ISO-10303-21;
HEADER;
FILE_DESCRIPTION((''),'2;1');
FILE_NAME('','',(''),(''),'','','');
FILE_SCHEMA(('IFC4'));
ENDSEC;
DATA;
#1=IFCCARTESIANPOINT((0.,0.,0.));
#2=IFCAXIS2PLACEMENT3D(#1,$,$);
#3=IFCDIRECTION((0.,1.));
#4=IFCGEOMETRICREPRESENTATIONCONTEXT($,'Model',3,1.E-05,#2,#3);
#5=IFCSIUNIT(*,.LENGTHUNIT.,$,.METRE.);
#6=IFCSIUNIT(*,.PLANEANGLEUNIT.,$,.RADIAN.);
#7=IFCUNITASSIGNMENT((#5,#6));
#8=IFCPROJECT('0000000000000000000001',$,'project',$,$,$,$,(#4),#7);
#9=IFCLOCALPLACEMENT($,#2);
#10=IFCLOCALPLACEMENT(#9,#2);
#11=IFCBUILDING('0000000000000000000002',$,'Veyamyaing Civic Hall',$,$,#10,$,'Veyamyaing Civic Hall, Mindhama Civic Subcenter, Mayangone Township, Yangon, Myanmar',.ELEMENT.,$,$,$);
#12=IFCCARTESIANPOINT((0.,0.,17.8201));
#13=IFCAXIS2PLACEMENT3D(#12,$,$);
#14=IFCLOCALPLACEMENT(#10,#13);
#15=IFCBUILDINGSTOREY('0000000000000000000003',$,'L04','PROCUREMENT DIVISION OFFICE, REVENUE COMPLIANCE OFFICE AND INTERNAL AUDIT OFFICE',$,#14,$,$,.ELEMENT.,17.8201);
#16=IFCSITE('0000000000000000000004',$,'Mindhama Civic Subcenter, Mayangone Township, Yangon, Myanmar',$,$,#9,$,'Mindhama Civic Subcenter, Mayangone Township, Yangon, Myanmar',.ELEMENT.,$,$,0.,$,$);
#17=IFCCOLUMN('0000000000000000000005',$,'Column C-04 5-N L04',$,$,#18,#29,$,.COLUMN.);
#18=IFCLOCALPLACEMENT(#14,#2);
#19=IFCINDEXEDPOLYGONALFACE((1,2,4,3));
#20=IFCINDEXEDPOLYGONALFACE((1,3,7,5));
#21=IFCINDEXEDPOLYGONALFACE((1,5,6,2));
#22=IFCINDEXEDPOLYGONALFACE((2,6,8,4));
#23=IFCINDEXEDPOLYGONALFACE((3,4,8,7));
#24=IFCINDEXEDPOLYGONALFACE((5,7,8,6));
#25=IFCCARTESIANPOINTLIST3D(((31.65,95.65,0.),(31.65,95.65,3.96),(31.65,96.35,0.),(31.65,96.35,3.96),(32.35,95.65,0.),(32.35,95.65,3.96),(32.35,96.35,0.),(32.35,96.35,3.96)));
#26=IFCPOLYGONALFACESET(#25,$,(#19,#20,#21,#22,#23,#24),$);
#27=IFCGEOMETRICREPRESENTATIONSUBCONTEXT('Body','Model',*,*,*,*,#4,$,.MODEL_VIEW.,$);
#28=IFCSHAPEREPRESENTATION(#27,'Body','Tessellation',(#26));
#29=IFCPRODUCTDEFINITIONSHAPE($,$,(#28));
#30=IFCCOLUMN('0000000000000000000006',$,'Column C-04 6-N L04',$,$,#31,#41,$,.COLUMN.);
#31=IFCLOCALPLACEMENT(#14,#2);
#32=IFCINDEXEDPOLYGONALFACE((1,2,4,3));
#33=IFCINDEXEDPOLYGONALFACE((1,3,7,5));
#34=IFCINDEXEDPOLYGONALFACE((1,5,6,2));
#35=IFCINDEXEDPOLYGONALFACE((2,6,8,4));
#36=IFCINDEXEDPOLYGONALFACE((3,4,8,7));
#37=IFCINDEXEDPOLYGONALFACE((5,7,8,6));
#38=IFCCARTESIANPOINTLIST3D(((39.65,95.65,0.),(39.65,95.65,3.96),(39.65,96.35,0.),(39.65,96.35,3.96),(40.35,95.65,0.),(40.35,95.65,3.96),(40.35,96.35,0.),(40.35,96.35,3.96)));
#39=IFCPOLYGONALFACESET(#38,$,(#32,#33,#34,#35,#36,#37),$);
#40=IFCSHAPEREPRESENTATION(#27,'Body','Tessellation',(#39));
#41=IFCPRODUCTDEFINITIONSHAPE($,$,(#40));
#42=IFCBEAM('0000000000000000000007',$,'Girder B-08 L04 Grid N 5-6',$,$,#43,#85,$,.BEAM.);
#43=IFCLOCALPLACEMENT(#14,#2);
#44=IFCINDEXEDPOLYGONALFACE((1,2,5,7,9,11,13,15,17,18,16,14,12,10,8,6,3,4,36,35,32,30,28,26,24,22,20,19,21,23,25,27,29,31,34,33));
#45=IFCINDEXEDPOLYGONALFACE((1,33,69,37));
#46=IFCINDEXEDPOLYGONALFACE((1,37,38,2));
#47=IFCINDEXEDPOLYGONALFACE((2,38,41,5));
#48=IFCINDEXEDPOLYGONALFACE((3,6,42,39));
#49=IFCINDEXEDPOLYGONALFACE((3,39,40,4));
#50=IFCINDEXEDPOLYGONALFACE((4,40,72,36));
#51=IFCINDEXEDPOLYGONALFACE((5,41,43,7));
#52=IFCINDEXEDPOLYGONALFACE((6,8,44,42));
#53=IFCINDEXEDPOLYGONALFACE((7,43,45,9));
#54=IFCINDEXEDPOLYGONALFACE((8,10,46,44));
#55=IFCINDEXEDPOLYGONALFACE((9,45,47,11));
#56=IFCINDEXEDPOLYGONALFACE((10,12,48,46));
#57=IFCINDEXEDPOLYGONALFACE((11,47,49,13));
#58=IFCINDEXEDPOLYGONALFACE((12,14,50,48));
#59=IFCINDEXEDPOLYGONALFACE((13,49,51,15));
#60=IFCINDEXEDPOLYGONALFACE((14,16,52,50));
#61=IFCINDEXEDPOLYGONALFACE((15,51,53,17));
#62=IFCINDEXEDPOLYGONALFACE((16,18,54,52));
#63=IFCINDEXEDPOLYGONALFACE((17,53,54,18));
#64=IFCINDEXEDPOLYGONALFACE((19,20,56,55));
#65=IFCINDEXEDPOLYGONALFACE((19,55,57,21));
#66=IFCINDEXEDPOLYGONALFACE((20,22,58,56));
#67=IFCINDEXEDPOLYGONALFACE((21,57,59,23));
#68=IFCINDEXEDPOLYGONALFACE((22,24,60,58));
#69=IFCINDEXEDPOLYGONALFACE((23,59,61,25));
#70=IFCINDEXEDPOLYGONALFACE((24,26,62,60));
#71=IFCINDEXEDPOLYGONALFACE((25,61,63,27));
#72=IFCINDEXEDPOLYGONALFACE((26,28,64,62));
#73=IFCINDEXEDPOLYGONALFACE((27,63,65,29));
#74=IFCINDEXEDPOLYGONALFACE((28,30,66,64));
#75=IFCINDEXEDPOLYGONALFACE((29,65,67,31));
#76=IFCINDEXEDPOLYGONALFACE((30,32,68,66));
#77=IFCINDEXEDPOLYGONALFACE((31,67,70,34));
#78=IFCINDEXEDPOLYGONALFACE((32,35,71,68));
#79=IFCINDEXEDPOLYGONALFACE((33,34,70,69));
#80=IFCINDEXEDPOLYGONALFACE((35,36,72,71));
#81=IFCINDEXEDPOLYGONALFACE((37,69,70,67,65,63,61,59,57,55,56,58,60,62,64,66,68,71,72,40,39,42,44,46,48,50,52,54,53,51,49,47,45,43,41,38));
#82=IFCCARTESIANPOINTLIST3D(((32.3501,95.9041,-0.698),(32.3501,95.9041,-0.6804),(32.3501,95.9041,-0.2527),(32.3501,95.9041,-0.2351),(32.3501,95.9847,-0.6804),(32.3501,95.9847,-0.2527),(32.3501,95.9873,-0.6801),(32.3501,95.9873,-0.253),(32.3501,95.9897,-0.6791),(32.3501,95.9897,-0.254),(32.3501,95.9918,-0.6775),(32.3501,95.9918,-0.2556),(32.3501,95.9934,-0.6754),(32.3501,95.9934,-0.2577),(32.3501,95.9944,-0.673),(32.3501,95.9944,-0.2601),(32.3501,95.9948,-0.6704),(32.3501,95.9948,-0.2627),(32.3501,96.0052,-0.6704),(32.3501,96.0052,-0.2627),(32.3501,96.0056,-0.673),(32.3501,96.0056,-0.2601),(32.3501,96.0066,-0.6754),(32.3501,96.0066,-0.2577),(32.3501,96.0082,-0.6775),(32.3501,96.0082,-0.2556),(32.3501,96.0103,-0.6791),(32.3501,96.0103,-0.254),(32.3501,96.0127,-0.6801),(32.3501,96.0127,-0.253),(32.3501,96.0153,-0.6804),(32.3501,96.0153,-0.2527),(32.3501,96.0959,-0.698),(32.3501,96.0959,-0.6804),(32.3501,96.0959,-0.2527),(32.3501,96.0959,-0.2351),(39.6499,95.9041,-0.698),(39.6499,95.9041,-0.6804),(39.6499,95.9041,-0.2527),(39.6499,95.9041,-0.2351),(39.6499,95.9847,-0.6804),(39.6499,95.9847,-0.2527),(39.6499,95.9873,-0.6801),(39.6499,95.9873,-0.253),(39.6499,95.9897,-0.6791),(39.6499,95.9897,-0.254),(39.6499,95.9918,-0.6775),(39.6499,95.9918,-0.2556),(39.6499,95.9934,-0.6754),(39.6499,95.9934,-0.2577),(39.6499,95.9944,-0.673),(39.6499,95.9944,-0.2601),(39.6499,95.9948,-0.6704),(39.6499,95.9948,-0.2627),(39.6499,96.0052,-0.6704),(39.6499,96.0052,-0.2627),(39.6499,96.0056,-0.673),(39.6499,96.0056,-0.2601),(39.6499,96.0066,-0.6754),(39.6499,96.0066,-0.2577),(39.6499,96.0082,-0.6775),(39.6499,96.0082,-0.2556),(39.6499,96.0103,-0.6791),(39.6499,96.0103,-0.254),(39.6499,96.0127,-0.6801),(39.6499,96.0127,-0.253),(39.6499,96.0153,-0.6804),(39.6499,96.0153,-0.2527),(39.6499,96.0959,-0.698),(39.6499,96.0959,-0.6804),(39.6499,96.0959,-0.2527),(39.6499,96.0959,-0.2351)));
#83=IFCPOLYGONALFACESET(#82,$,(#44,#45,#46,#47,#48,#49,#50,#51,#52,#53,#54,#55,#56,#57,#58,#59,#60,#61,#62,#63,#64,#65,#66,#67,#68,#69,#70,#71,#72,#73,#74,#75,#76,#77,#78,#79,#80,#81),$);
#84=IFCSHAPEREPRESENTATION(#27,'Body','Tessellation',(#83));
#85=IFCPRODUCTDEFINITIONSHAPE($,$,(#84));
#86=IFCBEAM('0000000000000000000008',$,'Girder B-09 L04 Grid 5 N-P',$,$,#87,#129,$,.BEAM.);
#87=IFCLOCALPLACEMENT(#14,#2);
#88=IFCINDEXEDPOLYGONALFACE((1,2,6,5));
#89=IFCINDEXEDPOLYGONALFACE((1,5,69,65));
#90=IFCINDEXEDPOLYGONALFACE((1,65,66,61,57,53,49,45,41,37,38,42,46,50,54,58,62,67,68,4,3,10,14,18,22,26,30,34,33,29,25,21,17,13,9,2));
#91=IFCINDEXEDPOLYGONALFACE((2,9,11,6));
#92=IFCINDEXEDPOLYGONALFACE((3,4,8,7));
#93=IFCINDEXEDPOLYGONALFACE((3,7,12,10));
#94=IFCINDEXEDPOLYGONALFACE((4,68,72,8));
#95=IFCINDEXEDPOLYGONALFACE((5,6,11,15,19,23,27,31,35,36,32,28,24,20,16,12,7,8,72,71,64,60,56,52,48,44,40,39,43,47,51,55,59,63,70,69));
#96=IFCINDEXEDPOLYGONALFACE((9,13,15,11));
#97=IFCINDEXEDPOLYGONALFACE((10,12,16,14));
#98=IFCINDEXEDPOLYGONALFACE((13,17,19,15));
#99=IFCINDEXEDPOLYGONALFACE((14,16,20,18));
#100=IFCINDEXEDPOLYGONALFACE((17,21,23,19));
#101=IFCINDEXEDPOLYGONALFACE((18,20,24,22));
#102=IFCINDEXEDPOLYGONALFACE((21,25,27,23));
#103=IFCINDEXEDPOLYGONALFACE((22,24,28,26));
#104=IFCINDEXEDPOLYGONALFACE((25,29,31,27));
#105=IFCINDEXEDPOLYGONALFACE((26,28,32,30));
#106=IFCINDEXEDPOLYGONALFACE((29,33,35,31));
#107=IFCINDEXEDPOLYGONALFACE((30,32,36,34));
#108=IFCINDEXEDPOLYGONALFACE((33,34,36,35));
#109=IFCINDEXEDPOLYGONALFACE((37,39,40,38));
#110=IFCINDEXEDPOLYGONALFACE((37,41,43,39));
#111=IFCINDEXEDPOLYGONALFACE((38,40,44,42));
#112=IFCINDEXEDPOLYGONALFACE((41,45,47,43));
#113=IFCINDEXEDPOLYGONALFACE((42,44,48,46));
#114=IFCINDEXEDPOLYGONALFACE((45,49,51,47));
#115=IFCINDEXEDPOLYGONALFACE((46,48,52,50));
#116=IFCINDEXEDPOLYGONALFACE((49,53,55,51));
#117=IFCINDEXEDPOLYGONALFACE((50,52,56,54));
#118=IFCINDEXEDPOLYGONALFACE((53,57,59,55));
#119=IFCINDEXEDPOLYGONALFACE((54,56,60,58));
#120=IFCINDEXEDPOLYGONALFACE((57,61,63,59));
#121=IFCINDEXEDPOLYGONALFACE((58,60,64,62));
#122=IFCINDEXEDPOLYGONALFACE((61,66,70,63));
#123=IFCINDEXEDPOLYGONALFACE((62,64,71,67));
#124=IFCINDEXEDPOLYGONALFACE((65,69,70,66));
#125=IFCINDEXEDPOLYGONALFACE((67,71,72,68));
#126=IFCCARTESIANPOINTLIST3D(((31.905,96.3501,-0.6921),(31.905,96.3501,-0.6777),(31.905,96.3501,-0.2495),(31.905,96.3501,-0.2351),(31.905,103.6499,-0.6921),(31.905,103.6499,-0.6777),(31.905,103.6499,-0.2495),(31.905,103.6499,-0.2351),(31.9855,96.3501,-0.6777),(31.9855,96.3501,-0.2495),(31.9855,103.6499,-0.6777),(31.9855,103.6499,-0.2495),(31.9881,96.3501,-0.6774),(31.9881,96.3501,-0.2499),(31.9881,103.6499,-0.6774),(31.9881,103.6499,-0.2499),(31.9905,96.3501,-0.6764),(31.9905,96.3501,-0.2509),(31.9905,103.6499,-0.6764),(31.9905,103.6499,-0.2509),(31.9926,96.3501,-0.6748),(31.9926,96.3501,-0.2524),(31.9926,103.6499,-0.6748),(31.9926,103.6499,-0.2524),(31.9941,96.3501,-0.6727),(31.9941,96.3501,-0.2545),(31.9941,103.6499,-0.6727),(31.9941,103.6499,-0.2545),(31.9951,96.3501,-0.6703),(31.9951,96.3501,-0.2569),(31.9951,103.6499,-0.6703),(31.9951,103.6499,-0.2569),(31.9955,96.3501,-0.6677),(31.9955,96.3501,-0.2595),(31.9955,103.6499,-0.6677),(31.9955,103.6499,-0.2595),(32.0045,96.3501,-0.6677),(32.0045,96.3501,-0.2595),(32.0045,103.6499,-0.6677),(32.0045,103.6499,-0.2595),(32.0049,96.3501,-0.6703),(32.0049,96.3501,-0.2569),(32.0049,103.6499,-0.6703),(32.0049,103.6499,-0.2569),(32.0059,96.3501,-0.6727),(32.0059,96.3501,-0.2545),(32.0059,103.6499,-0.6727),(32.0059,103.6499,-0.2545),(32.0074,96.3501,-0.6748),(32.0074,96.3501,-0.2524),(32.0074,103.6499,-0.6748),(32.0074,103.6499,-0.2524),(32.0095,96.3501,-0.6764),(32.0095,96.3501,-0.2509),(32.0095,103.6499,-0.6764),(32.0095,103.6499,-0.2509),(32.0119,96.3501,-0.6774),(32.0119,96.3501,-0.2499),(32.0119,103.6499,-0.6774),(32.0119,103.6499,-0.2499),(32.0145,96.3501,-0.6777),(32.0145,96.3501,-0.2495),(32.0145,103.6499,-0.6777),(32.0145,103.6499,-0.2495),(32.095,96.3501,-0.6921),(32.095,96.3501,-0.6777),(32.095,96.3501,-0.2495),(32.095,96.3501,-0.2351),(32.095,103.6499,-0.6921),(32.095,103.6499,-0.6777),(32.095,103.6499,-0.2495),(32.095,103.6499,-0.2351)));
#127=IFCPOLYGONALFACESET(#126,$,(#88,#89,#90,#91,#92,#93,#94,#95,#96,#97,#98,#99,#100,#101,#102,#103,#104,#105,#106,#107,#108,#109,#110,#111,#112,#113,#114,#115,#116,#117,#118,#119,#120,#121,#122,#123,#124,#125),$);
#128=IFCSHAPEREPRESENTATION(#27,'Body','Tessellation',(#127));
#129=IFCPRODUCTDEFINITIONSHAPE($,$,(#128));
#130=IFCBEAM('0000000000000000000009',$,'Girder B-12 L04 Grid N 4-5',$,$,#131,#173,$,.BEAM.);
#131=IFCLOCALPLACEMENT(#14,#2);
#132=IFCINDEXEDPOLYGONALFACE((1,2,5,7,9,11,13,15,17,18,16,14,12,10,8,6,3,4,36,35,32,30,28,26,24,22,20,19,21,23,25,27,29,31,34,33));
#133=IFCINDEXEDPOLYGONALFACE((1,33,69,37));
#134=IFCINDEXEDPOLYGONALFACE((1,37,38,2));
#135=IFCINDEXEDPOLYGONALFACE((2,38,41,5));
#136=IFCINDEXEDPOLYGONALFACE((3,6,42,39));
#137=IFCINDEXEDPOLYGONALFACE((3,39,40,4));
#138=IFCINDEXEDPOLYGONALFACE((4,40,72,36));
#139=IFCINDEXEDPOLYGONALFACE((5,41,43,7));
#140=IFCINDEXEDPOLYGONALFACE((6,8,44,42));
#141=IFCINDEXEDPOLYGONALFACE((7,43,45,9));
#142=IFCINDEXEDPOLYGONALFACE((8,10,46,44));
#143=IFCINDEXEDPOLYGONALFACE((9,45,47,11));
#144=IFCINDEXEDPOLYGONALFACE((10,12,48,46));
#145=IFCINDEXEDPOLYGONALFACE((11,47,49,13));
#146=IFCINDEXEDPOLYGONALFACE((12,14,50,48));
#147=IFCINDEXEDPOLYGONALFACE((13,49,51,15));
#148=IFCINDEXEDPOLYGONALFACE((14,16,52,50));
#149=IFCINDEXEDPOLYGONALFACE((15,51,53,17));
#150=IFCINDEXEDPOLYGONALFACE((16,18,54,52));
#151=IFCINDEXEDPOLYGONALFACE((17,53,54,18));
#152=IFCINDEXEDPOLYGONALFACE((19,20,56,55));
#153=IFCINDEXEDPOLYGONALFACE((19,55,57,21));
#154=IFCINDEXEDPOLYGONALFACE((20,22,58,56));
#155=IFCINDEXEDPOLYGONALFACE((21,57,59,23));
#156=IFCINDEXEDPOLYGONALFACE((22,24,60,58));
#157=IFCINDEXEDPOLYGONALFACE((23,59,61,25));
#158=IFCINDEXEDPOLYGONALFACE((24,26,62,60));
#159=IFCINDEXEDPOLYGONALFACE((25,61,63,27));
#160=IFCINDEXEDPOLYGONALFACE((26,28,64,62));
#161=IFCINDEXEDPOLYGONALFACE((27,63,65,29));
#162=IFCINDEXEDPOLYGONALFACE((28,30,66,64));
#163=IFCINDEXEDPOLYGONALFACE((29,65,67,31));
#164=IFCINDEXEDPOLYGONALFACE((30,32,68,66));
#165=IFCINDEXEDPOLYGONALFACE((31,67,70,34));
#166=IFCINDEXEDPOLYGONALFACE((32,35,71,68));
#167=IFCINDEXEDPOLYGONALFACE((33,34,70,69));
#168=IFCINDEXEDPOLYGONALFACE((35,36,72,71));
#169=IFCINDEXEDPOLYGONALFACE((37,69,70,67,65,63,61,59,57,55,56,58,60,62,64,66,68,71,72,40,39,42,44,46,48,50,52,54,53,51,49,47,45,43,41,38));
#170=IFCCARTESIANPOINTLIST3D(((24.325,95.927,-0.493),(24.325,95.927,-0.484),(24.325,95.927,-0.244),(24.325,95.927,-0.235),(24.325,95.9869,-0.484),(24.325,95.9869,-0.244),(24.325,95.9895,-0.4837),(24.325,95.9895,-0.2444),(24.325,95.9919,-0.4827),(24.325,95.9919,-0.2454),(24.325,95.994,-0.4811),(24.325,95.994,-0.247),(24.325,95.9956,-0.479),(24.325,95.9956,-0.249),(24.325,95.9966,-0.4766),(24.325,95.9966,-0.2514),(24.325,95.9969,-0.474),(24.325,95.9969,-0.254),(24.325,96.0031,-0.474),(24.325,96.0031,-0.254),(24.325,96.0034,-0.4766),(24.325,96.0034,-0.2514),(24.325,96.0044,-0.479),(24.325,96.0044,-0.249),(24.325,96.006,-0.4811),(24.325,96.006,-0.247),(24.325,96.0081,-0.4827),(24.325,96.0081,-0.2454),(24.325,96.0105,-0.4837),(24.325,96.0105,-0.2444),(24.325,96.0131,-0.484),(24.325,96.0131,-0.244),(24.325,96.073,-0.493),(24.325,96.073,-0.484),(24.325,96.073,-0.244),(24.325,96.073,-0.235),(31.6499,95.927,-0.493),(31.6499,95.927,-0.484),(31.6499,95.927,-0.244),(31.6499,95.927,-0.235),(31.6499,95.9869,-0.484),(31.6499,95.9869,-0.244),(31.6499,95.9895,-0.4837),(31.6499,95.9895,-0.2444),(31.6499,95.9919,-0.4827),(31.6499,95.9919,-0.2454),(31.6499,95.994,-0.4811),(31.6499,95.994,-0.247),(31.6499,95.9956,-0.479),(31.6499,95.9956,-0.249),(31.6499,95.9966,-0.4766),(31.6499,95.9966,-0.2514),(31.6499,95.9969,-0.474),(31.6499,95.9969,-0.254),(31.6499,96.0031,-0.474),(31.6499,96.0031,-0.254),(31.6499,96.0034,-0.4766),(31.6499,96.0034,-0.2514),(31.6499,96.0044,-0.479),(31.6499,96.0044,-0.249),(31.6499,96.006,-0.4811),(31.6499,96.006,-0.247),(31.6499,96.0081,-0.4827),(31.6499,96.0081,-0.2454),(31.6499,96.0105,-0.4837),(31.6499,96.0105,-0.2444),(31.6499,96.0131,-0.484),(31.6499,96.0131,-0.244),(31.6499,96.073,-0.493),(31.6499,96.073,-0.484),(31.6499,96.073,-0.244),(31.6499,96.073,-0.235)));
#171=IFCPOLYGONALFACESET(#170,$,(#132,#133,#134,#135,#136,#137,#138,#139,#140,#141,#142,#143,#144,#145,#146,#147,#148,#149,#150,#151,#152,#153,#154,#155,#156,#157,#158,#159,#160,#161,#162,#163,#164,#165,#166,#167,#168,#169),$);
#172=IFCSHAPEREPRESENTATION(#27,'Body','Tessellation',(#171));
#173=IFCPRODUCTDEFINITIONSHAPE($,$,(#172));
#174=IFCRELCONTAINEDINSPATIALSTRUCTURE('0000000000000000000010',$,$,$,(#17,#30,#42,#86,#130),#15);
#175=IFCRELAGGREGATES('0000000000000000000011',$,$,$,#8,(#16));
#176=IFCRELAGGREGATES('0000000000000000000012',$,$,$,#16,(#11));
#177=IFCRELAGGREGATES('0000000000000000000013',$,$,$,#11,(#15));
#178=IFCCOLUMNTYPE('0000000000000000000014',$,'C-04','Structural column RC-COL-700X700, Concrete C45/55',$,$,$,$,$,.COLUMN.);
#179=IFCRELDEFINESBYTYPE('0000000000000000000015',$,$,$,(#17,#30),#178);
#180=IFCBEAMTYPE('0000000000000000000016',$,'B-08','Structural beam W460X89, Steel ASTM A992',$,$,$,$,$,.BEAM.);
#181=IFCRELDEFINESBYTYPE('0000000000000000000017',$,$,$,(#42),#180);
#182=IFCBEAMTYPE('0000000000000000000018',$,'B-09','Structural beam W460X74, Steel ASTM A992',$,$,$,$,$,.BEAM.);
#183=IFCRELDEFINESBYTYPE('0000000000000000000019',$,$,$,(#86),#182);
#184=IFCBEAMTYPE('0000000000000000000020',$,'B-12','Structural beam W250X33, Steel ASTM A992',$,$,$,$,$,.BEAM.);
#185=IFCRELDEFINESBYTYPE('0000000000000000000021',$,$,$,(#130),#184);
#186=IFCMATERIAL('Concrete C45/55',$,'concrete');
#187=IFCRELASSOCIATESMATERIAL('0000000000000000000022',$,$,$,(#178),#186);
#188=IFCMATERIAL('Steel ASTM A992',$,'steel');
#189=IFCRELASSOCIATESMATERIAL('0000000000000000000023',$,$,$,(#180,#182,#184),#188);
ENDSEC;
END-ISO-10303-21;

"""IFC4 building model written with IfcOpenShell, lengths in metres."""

from ifc_helpers import new_model, si_unit, direction, frame, origin, origin_2d, place, context, subcontext, project, spatial, rectangle, i_section, extrude, material, material_profile, profile_set, type_object, element, save


model = new_model("IFC4")

# Units and contexts
model_context = context("Model", 3, precision=1e-05, world=origin(), true_north=direction((0.0, 1.0)))
body_context = subcontext(model_context, "Body", "Model", "MODEL_VIEW")
ifc_project = project(units=[si_unit("LENGTHUNIT", "METRE"), si_unit("PLANEANGLEUNIT", "RADIAN")], contexts=[model_context])

# Site, building, storey
site_placement = place(None, origin())
site = spatial("IfcSite", under=ifc_project, at=site_placement, Name="Mindhama Civic Subcenter, Mayangone Township, Yangon, Myanmar", LongName="Mindhama Civic Subcenter, Mayangone Township, Yangon, Myanmar", CompositionType="ELEMENT", RefElevation=0.0)
building_placement = place(site_placement, origin())
building = spatial("IfcBuilding", under=site, at=building_placement, Name="Veyamyaing Civic Hall", LongName="Veyamyaing Civic Hall, Mindhama Civic Subcenter, Mayangone Township, Yangon, Myanmar", CompositionType="ELEMENT")
storey_placement = place(building_placement, frame((0.0, 0.0, 17.8201)))
storey = spatial("IfcBuildingStorey", under=building, at=storey_placement, Name="L04", Description="PROCUREMENT DIVISION OFFICE, REVENUE COMPLIANCE OFFICE AND INTERNAL AUDIT OFFICE", CompositionType="ELEMENT", Elevation=17.8201)

# Columns
ifc_material_1 = material(Name="Concrete C45/55", Category="concrete")
ifc_material_profile_1 = material_profile(ifc_material_1, rectangle(XDim=0.7, YDim=0.7, at=origin_2d()), Name="RC-COL-700X700")
ifc_profile_set_1 = profile_set([ifc_material_profile_1], Name="Concrete C45/55")
column_type = type_object("IfcColumnType", Name="C-04", Description="Structural column RC-COL-700X700, Concrete C45/55", PredefinedType="COLUMN", material=ifc_profile_set_1)
for number, where, z_axis, x_axis, name in (
    (1, (32.0, 96.0, 0.0), (0.0, 0.0, 1.0), (1.0, 0.0, 0.0), "Column C-04 5-N L04"),
    (2, (40.0, 96.0, 0.0), (0.0, 0.0, 1.0), (1.0, 0.0, 0.0), "Column C-04 6-N L04"),
):
    element("IfcColumn", number, at=place(storey_placement, frame(where, z_axis=z_axis, x_axis=x_axis)), inside=storey, type_object=column_type, Name=name, PredefinedType="COLUMN", context=body_context, shape_type="SweptSolid", body=[
        extrude(rectangle(XDim=0.7, YDim=0.7, at=origin_2d()), origin(), (0.0, 0.0, 1.0), 3.96),
    ])

# Beams
ifc_material_2 = material(Name="Steel ASTM A992", Category="steel")
ifc_material_profile_2 = material_profile(ifc_material_2, i_section(OverallWidth=0.1919, OverallDepth=0.4629, WebThickness=0.0105, FlangeThickness=0.0176, FilletRadius=0.01, at=origin_2d()), Name="W460X89")
ifc_profile_set_2 = profile_set([ifc_material_profile_2], Name="Steel ASTM A992")
beam_type_1 = type_object("IfcBeamType", Name="B-08", Description="Structural beam W460X89, Steel ASTM A992", PredefinedType="BEAM", material=ifc_profile_set_2)
beam_1_placement = place(storey_placement, frame((32.3501, 96.0, -0.4666), z_axis=(1.0, 0.0, 0.0), x_axis=(0.0, 1.0, 0.0)))
element("IfcBeam", 3, at=beam_1_placement, inside=storey, type_object=beam_type_1, Name="Girder B-08 L04 Grid N 5-6", PredefinedType="BEAM", context=body_context, shape_type="SweptSolid", body=[
    extrude(i_section(OverallWidth=0.1919, OverallDepth=0.4629, WebThickness=0.0105, FlangeThickness=0.0176, FilletRadius=0.01, at=origin_2d()), origin(), (0.0, 0.0, 1.0), 7.2998),
])
ifc_material_profile_3 = material_profile(ifc_material_2, i_section(OverallWidth=0.1899, OverallDepth=0.457, WebThickness=0.009, FlangeThickness=0.0144, FilletRadius=0.01, at=origin_2d()), Name="W460X74")
ifc_profile_set_3 = profile_set([ifc_material_profile_3], Name="Steel ASTM A992")
beam_type_2 = type_object("IfcBeamType", Name="B-09", Description="Structural beam W460X74, Steel ASTM A992", PredefinedType="BEAM", material=ifc_profile_set_3)
beam_2_placement = place(storey_placement, frame((32.0, 96.3501, -0.4636), z_axis=(0.0, 1.0, 0.0), x_axis=(-1.0, 0.0, 0.0)))
element("IfcBeam", 4, at=beam_2_placement, inside=storey, type_object=beam_type_2, Name="Girder B-09 L04 Grid 5 N-P", PredefinedType="BEAM", context=body_context, shape_type="SweptSolid", body=[
    extrude(i_section(OverallWidth=0.1899, OverallDepth=0.457, WebThickness=0.009, FlangeThickness=0.0144, FilletRadius=0.01, at=origin_2d()), origin(), (0.0, 0.0, 1.0), 7.2998),
])
ifc_material_profile_4 = material_profile(ifc_material_2, i_section(OverallWidth=0.146, OverallDepth=0.2581, WebThickness=0.0061, FlangeThickness=0.009, FilletRadius=0.01, at=origin_2d()), Name="W250X33")
ifc_profile_set_4 = profile_set([ifc_material_profile_4], Name="Steel ASTM A992")
beam_type_3 = type_object("IfcBeamType", Name="B-12", Description="Structural beam W250X33, Steel ASTM A992", PredefinedType="BEAM", material=ifc_profile_set_4)
beam_3_placement = place(storey_placement, frame((24.325, 96.0, -0.364), z_axis=(1.0, 0.0, 0.0), x_axis=(0.0, 1.0, 0.0)))
element("IfcBeam", 5, at=beam_3_placement, inside=storey, type_object=beam_type_3, Name="Girder B-12 L04 Grid N 4-5", PredefinedType="BEAM", context=body_context, shape_type="SweptSolid", body=[
    extrude(i_section(OverallWidth=0.146, OverallDepth=0.2581, WebThickness=0.0061, FlangeThickness=0.009, FilletRadius=0.01, at=origin_2d()), origin(), (0.0, 0.0, 1.0), 7.325),
])

save(model, "model.ifc")
